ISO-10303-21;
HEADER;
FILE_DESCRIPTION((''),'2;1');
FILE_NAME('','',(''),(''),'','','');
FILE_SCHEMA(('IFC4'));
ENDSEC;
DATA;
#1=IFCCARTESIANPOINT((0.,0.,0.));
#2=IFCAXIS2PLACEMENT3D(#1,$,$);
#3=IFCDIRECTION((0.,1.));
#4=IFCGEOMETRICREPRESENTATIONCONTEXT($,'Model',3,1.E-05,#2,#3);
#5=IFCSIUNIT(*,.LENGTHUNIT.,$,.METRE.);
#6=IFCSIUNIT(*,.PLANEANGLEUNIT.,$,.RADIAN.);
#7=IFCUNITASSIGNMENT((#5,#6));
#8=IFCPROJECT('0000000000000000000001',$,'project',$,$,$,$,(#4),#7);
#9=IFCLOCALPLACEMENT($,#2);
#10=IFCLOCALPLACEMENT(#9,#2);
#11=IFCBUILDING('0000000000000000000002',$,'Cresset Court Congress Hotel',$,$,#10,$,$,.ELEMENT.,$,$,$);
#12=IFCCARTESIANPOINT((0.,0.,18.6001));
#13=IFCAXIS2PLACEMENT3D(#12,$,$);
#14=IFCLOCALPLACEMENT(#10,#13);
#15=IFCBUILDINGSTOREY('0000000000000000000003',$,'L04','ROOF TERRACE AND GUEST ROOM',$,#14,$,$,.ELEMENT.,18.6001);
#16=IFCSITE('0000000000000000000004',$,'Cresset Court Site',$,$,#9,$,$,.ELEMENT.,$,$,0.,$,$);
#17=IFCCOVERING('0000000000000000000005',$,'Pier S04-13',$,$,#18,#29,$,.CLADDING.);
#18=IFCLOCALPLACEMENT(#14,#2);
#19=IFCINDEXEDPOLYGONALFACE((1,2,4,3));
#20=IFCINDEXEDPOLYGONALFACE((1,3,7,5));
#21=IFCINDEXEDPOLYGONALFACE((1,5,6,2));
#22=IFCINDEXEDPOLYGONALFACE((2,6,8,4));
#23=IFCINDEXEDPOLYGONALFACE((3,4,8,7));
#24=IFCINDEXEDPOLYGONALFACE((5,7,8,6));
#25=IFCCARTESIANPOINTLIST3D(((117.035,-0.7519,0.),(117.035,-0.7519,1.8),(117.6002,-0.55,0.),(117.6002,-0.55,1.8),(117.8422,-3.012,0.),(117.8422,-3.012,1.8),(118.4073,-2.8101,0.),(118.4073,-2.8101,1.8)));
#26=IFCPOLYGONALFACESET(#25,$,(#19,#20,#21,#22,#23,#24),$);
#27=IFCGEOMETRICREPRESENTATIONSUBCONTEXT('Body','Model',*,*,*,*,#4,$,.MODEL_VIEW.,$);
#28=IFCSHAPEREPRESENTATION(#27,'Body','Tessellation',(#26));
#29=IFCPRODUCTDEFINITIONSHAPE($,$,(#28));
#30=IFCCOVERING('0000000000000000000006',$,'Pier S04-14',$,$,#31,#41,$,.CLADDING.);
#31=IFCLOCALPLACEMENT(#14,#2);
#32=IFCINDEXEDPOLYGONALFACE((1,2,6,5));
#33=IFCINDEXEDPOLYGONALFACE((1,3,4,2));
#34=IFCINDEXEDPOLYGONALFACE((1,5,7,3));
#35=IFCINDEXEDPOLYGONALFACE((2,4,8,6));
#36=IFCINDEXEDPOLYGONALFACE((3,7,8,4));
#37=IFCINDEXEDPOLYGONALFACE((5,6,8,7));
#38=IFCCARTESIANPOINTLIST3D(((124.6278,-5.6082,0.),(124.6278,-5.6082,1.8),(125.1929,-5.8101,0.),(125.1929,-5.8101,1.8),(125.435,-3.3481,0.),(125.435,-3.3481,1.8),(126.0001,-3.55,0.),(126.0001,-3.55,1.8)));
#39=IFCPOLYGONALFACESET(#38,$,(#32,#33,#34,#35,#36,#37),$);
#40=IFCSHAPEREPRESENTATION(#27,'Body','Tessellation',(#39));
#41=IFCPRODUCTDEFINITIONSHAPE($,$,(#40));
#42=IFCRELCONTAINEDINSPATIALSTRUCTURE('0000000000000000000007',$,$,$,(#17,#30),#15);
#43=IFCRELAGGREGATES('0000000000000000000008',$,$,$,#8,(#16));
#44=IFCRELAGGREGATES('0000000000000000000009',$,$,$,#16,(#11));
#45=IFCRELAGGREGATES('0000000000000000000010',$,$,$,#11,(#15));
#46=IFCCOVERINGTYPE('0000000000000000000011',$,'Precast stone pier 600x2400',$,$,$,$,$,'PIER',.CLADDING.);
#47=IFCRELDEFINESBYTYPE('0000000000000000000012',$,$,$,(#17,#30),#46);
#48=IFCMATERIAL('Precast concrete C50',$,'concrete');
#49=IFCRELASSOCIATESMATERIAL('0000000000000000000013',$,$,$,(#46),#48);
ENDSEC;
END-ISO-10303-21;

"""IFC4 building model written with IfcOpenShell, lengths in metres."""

from ifc_helpers import new_model, si_unit, direction, frame, origin, origin_2d, place, context, subcontext, project, spatial, rectangle, extrude, material, type_object, element, save


model = new_model("IFC4")

# Units and contexts
model_context = context("Model", 3, precision=1e-05, world=origin(), true_north=direction((0.0, 1.0)))
body_context = subcontext(model_context, "Body", "Model", "MODEL_VIEW")
ifc_project = project(units=[si_unit("LENGTHUNIT", "METRE"), si_unit("PLANEANGLEUNIT", "RADIAN")], contexts=[model_context])

# Site, building, storey
site_placement = place(None, origin())
site = spatial("IfcSite", under=ifc_project, at=site_placement, Name="Cresset Court Site", CompositionType="ELEMENT", RefElevation=0.0)
building_placement = place(site_placement, origin())
building = spatial("IfcBuilding", under=site, at=building_placement, Name="Cresset Court Congress Hotel", CompositionType="ELEMENT")
storey_placement = place(building_placement, frame((0.0, 0.0, 18.6001)))
storey = spatial("IfcBuildingStorey", under=building, at=storey_placement, Name="L04", Description="ROOF TERRACE AND GUEST ROOM", CompositionType="ELEMENT", Elevation=18.6001)

# Coverings
ifc_material_1 = material(Name="Precast concrete C50", Category="concrete")
covering_type_1 = type_object("IfcCoveringType", Name="Precast stone pier 600x2400", ElementType="PIER", PredefinedType="CLADDING", material=ifc_material_1)
for number, where, z_axis, x_axis, name in (
    (1, (117.7212, -1.781, 0.0), (0.0, 0.0, 1.0), (0.941742, 0.336336, 0.0), "Pier S04-13"),
    (2, (125.314, -4.5791, 0.0), (0.0, 0.0, 1.0), (0.941742, -0.336336, 0.0), "Pier S04-14"),
):
    element("IfcCovering", number, at=place(storey_placement, frame(where, z_axis=z_axis, x_axis=x_axis)), inside=storey, type_object=covering_type_1, Name=name, PredefinedType="CLADDING", context=body_context, shape_type="SweptSolid", body=[
        extrude(rectangle(XDim=0.6001, YDim=2.3999, at=origin_2d()), origin(), (0.0, 0.0, 1.0), 1.8),
    ])

save(model, "model.ifc")
